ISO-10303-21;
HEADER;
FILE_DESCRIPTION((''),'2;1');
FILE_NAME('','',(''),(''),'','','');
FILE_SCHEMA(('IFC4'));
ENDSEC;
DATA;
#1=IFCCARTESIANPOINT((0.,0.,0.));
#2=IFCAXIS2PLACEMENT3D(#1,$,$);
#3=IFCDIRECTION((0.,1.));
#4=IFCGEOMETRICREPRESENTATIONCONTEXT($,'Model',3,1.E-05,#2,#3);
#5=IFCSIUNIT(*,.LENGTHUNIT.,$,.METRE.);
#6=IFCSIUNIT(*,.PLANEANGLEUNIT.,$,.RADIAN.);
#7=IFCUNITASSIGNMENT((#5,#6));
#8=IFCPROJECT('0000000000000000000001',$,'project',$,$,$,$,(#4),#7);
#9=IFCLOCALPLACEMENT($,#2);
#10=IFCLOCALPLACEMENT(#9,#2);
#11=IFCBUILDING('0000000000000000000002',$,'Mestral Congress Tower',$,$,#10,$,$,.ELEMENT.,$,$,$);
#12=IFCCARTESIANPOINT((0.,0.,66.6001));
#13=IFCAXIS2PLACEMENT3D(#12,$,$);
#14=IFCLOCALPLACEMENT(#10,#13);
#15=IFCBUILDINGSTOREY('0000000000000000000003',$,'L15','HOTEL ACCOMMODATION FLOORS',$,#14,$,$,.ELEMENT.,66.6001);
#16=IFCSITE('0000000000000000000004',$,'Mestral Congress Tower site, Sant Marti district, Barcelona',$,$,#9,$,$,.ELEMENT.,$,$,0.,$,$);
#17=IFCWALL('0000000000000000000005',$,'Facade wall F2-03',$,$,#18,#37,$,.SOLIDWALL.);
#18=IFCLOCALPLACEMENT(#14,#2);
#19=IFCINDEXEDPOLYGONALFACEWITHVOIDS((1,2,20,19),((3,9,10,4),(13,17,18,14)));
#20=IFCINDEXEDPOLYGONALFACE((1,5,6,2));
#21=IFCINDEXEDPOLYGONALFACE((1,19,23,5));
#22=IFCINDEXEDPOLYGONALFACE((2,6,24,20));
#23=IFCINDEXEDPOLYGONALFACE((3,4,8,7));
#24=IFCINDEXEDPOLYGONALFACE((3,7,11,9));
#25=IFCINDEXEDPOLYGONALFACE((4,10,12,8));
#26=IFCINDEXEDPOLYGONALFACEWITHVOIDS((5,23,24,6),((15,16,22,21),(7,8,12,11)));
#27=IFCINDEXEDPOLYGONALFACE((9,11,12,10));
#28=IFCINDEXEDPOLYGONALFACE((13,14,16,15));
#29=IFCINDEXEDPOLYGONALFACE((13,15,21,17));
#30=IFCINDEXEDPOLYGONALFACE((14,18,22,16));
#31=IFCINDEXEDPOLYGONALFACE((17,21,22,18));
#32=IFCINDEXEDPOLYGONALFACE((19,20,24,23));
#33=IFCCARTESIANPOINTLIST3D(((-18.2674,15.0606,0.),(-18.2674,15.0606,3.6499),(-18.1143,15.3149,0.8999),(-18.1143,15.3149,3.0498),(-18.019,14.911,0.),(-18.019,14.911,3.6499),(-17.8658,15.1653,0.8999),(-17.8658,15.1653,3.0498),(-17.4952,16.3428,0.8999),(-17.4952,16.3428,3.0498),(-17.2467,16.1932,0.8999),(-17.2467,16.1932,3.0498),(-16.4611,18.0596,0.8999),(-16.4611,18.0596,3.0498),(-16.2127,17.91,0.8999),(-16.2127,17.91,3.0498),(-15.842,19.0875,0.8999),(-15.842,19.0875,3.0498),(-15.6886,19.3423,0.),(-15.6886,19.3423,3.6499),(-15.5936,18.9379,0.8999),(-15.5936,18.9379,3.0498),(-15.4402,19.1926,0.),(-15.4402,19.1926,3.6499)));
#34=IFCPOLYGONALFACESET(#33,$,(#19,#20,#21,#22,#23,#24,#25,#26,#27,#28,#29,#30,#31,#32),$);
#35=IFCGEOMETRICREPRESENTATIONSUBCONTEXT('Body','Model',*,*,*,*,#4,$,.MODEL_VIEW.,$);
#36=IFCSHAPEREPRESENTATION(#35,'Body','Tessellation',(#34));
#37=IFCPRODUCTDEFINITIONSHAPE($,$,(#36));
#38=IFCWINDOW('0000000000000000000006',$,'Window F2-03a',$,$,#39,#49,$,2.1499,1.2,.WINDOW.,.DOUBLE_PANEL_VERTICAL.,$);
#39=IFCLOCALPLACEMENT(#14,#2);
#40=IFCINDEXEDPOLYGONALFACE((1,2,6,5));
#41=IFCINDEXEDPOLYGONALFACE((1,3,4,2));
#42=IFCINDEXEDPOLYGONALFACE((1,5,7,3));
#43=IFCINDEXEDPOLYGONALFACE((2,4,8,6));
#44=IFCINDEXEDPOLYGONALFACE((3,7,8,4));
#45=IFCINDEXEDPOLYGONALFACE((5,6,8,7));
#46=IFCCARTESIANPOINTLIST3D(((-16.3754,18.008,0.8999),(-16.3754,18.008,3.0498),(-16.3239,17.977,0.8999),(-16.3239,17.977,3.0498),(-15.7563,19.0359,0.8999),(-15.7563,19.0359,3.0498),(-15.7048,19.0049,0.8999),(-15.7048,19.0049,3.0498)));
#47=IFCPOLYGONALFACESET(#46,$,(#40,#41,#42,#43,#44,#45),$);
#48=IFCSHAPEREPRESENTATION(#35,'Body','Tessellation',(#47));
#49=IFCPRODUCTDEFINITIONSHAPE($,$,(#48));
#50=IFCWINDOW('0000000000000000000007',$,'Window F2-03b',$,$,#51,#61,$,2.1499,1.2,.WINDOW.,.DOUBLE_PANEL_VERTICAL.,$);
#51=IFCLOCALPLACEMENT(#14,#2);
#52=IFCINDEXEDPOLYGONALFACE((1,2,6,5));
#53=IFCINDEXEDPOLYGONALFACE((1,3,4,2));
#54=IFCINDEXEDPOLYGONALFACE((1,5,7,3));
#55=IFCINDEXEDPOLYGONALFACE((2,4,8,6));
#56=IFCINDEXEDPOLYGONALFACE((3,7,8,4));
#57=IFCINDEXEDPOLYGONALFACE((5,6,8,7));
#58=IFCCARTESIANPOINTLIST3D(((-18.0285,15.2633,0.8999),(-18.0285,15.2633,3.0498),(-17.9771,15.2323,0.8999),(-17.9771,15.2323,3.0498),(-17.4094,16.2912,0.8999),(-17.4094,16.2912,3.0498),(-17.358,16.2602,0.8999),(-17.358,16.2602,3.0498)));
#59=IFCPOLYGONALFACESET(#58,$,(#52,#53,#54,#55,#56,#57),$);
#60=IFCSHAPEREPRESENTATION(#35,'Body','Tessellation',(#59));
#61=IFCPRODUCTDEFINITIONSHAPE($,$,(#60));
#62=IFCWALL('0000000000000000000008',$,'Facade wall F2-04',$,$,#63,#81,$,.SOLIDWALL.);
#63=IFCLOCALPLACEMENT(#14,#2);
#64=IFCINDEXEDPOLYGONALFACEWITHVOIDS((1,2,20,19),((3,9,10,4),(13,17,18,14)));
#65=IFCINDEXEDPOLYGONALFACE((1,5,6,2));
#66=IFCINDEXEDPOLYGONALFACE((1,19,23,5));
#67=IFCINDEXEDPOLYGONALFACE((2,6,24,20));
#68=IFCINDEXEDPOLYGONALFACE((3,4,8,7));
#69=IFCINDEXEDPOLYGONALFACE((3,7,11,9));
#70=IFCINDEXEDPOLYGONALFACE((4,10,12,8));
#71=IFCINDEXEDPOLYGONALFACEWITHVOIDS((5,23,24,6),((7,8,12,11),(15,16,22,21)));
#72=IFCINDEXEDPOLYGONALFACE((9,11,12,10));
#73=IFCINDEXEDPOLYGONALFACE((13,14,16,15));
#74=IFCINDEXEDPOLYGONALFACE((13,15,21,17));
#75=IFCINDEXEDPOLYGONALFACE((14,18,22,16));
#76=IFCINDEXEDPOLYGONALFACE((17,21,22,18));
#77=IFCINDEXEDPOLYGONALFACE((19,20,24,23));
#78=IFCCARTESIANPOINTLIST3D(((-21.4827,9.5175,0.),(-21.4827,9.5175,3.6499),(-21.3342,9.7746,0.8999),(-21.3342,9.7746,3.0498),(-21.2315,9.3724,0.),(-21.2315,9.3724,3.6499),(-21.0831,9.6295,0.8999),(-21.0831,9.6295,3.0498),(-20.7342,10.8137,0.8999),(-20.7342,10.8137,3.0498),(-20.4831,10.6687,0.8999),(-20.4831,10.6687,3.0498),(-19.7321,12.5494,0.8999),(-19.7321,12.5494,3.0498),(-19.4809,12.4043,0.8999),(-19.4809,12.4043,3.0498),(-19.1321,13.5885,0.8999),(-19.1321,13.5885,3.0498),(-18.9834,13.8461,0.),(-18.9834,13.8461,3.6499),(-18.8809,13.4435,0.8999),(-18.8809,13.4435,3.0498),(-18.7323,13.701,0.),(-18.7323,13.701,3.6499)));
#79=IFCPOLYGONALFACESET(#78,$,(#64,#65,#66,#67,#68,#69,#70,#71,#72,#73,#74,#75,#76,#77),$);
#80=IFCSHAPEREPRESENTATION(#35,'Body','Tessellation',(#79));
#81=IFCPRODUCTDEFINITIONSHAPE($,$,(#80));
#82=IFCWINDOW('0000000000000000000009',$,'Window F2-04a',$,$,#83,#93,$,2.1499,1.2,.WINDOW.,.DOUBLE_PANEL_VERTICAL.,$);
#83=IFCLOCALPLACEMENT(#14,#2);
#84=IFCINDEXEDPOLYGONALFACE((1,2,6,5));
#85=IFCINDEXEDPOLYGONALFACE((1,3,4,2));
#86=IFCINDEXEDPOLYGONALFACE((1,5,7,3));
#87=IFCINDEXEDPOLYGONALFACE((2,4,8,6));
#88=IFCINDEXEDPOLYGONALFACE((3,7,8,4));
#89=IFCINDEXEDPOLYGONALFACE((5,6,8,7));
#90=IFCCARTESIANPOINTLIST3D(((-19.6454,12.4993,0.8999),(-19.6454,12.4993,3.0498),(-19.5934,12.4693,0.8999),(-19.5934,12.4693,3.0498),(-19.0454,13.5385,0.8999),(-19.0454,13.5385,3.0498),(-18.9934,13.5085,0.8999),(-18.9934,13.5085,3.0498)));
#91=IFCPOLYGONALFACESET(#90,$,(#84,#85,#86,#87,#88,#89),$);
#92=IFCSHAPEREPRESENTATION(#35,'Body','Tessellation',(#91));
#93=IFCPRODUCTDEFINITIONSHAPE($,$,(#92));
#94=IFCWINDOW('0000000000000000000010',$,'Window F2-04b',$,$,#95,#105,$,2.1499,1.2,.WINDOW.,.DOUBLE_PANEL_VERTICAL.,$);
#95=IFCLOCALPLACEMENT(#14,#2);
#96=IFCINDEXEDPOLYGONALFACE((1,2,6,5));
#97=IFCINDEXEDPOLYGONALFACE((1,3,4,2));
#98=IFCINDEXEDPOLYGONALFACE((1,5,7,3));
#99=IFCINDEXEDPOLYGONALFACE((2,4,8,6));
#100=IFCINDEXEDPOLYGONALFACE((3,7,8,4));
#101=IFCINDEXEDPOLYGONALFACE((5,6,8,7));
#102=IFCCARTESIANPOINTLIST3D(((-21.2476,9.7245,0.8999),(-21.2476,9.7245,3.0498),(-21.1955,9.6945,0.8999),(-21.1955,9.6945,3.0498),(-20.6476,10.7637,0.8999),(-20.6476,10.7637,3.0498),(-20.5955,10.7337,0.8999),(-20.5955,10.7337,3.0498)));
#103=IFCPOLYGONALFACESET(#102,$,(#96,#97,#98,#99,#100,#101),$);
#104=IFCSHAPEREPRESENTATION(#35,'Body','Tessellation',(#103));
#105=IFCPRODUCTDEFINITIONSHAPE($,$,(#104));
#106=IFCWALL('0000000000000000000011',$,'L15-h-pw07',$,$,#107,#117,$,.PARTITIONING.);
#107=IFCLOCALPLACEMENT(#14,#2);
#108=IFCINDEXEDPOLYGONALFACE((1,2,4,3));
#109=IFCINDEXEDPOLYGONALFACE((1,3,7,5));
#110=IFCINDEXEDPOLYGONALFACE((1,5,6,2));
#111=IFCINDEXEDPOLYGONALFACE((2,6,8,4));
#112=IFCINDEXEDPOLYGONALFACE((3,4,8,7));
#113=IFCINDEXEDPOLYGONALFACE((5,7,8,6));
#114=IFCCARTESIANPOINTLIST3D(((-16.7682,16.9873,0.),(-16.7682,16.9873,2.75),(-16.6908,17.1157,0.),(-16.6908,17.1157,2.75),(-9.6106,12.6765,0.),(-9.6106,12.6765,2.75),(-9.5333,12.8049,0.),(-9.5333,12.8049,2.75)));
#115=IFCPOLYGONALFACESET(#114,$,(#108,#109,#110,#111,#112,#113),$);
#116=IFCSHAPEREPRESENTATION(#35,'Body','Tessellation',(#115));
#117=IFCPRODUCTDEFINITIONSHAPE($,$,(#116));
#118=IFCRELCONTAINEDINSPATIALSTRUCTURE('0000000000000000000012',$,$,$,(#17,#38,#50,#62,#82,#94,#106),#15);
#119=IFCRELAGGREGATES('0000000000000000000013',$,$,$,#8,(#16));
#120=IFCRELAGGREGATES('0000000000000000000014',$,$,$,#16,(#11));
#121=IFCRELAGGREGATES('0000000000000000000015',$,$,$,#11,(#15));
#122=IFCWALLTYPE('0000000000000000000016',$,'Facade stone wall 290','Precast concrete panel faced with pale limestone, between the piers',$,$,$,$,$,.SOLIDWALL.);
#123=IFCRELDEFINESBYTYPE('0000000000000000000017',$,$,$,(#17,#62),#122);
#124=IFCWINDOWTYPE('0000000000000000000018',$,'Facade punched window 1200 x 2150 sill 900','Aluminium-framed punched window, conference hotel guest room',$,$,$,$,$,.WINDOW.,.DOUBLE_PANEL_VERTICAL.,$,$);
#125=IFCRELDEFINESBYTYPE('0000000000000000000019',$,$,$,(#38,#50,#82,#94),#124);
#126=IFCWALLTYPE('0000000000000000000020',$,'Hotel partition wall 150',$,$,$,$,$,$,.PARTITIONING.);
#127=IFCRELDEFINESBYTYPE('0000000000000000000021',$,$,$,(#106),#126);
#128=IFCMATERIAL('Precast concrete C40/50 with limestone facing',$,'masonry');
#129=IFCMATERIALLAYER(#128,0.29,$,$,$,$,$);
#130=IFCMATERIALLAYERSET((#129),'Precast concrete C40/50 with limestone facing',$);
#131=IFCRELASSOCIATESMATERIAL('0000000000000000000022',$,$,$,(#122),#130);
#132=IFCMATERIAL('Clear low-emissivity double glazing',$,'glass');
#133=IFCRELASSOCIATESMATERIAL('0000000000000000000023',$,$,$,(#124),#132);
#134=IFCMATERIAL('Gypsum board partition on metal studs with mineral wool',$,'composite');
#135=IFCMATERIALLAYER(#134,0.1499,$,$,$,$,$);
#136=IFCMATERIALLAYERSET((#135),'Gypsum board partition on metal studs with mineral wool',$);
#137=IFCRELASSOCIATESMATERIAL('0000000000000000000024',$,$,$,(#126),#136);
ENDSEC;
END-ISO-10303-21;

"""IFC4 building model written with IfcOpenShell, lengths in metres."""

from ifc_helpers import new_model, si_unit, direction, frame, frame_2d, origin, place, context, subcontext, project, spatial, rectangle, extrude, material, layer, layer_set, type_object, element, fill, save


model = new_model("IFC4")

# Units and contexts
model_context = context("Model", 3, precision=1e-05, world=origin(), true_north=direction((0.0, 1.0)))
body_context = subcontext(model_context, "Body", "Model", "MODEL_VIEW")
ifc_project = project(units=[si_unit("LENGTHUNIT", "METRE"), si_unit("PLANEANGLEUNIT", "RADIAN")], contexts=[model_context])

# Site, building, storey
site_placement = place(None, origin())
site = spatial("IfcSite", under=ifc_project, at=site_placement, Name="Mestral Congress Tower site, Sant Marti district, Barcelona", CompositionType="ELEMENT", RefElevation=0.0)
building_placement = place(site_placement, origin())
building = spatial("IfcBuilding", under=site, at=building_placement, Name="Mestral Congress Tower", CompositionType="ELEMENT")
storey_placement = place(building_placement, frame((0.0, 0.0, 66.6001)))
storey = spatial("IfcBuildingStorey", under=building, at=storey_placement, Name="L15", Description="HOTEL ACCOMMODATION FLOORS", CompositionType="ELEMENT", Elevation=66.6001)

# Walls, openings, windows
ifc_material_1 = material(Name="Precast concrete C40/50 with limestone facing", Category="masonry")
ifc_layer_1 = layer(ifc_material_1, 0.29)
ifc_layer_set_1 = layer_set([ifc_layer_1], Name="Precast concrete C40/50 with limestone facing")
wall_type_1 = type_object("IfcWallType", Name="Facade stone wall 290", Description="Precast concrete panel faced with pale limestone, between the piers", PredefinedType="SOLIDWALL", material=ifc_layer_set_1)
ifc_material_2 = material(Name="Clear low-emissivity double glazing", Category="glass")
window_type = type_object("IfcWindowType", Name="Facade punched window 1200 x 2150 sill 900", Description="Aluminium-framed punched window, conference hotel guest room", PartitioningType="DOUBLE_PANEL_VERTICAL", PredefinedType="WINDOW", material=ifc_material_2)
wall_1_placement = place(storey_placement, frame((-15.5645, 19.2673, 0.0), z_axis=(0.0, 0.0, 1.0), x_axis=(-0.515939, -0.856625, 0.0)))
wall_1 = element("IfcWall", 1, at=wall_1_placement, inside=storey, type_object=wall_type_1, Name="Facade wall F2-03", PredefinedType="SOLIDWALL", context=body_context, shape_type="SweptSolid", body=[
    extrude(rectangle(XDim=4.9983, YDim=0.29, at=frame_2d((2.499, 0.0))), origin(), (0.0, 0.0, 1.0), 3.6499),
])
opening_1_placement = place(wall_1_placement, frame((0.2971, 0.0, 0.8999)))
opening_1 = element("IfcOpeningElement", 2, at=opening_1_placement, cuts=wall_1, PredefinedType="OPENING", context=body_context, shape_type="SweptSolid", body=[
    extrude(rectangle(XDim=1.2, YDim=2.1499, at=frame_2d((0.6001, 1.075))), frame((0.0, 0.155, 0.0), z_axis=(0.0, -1.0, 0.0), x_axis=(1.0, 0.0, 0.0)), (0.0, 0.0, 1.0), 0.3101),
])
opening_2_placement = place(wall_1_placement, frame((3.5012, 0.0, 0.8999)))
opening_2 = element("IfcOpeningElement", 3, at=opening_2_placement, cuts=wall_1, PredefinedType="OPENING", context=body_context, shape_type="SweptSolid", body=[
    extrude(rectangle(XDim=1.2, YDim=2.1499, at=frame_2d((0.6001, 1.075))), frame((0.0, 0.155, 0.0), z_axis=(0.0, -1.0, 0.0), x_axis=(1.0, 0.0, 0.0)), (0.0, 0.0, 1.0), 0.3101),
])
window_1_placement = place(opening_1_placement, origin())
window_1 = element("IfcWindow", 4, at=window_1_placement, inside=storey, type_object=window_type, Name="Window F2-03a", OverallHeight=2.1499, OverallWidth=1.2, PartitioningType="DOUBLE_PANEL_VERTICAL", PredefinedType="WINDOW", context=body_context, shape_type="SweptSolid", body=[
    extrude(rectangle(XDim=1.2, YDim=2.1499, at=frame_2d((0.6001, 1.075))), frame((0.0, 0.0151, 0.0), z_axis=(0.0, -1.0, 0.0), x_axis=(1.0, 0.0, 0.0)), (0.0, 0.0, 1.0), 0.0601),
])
fill(opening_1, window_1)
window_2_placement = place(opening_2_placement, origin())
window_2 = element("IfcWindow", 5, at=window_2_placement, inside=storey, type_object=window_type, Name="Window F2-03b", OverallHeight=2.1499, OverallWidth=1.2, PartitioningType="DOUBLE_PANEL_VERTICAL", PredefinedType="WINDOW", context=body_context, shape_type="SweptSolid", body=[
    extrude(rectangle(XDim=1.2, YDim=2.1499, at=frame_2d((0.6001, 1.075))), frame((0.0, 0.0151, 0.0), z_axis=(0.0, -1.0, 0.0), x_axis=(1.0, 0.0, 0.0)), (0.0, 0.0, 1.0), 0.0601),
])
fill(opening_2, window_2)
wall_2_placement = place(storey_placement, frame((-18.8579, 13.7734, 0.0), z_axis=(0.0, 0.0, 1.0), x_axis=(-0.500021, -0.866013, 0.0)))
wall_2 = element("IfcWall", 6, at=wall_2_placement, inside=storey, type_object=wall_type_1, Name="Facade wall F2-04", PredefinedType="SOLIDWALL", context=body_context, shape_type="SweptSolid", body=[
    extrude(rectangle(XDim=4.9983, YDim=0.29, at=frame_2d((2.499, 0.0))), origin(), (0.0, 0.0, 1.0), 3.6499),
])
opening_3_placement = place(wall_2_placement, frame((0.2971, 0.0, 0.8999)))
opening_3 = element("IfcOpeningElement", 7, at=opening_3_placement, cuts=wall_2, PredefinedType="OPENING", context=body_context, shape_type="SweptSolid", body=[
    extrude(rectangle(XDim=1.2, YDim=2.1499, at=frame_2d((0.6001, 1.075))), frame((0.0, 0.155, 0.0), z_axis=(0.0, -1.0, 0.0), x_axis=(1.0, 0.0, 0.0)), (0.0, 0.0, 1.0), 0.3101),
])
opening_4_placement = place(wall_2_placement, frame((3.5012, 0.0, 0.8999)))
opening_4 = element("IfcOpeningElement", 8, at=opening_4_placement, cuts=wall_2, PredefinedType="OPENING", context=body_context, shape_type="SweptSolid", body=[
    extrude(rectangle(XDim=1.2, YDim=2.1499, at=frame_2d((0.6001, 1.075))), frame((0.0, 0.155, 0.0), z_axis=(0.0, -1.0, 0.0), x_axis=(1.0, 0.0, 0.0)), (0.0, 0.0, 1.0), 0.3101),
])
window_3_placement = place(opening_3_placement, origin())
window_3 = element("IfcWindow", 9, at=window_3_placement, inside=storey, type_object=window_type, Name="Window F2-04a", OverallHeight=2.1499, OverallWidth=1.2, PartitioningType="DOUBLE_PANEL_VERTICAL", PredefinedType="WINDOW", context=body_context, shape_type="SweptSolid", body=[
    extrude(rectangle(XDim=1.2, YDim=2.1499, at=frame_2d((0.6001, 1.075))), frame((0.0, 0.0151, 0.0), z_axis=(0.0, -1.0, 0.0), x_axis=(1.0, 0.0, 0.0)), (0.0, 0.0, 1.0), 0.0601),
])
fill(opening_3, window_3)
window_4_placement = place(opening_4_placement, origin())
window_4 = element("IfcWindow", 10, at=window_4_placement, inside=storey, type_object=window_type, Name="Window F2-04b", OverallHeight=2.1499, OverallWidth=1.2, PartitioningType="DOUBLE_PANEL_VERTICAL", PredefinedType="WINDOW", context=body_context, shape_type="SweptSolid", body=[
    extrude(rectangle(XDim=1.2, YDim=2.1499, at=frame_2d((0.6001, 1.075))), frame((0.0, 0.0151, 0.0), z_axis=(0.0, -1.0, 0.0), x_axis=(1.0, 0.0, 0.0)), (0.0, 0.0, 1.0), 0.0601),
])
fill(opening_4, window_4)

# Wall
ifc_material_3 = material(Name="Gypsum board partition on metal studs with mineral wool", Category="composite")
ifc_layer_2 = layer(ifc_material_3, 0.1499)
ifc_layer_set_2 = layer_set([ifc_layer_2], Name="Gypsum board partition on metal studs with mineral wool")
wall_type_2 = type_object("IfcWallType", Name="Hotel partition wall 150", PredefinedType="PARTITIONING", material=ifc_layer_set_2)
wall_3_placement = place(storey_placement, frame((-16.7295, 17.0515, 0.0), z_axis=(0.0, 0.0, 1.0), x_axis=(0.856631, -0.51593, 0.0)))
element("IfcWall", 11, at=wall_3_placement, inside=storey, type_object=wall_type_2, Name="L15-h-pw07", PredefinedType="PARTITIONING", context=body_context, shape_type="SweptSolid", body=[
    extrude(rectangle(XDim=8.3555, YDim=0.1499, at=frame_2d((4.1777, 0.0))), origin(), (0.0, 0.0, 1.0), 2.75),
])

save(model, "model.ifc")
